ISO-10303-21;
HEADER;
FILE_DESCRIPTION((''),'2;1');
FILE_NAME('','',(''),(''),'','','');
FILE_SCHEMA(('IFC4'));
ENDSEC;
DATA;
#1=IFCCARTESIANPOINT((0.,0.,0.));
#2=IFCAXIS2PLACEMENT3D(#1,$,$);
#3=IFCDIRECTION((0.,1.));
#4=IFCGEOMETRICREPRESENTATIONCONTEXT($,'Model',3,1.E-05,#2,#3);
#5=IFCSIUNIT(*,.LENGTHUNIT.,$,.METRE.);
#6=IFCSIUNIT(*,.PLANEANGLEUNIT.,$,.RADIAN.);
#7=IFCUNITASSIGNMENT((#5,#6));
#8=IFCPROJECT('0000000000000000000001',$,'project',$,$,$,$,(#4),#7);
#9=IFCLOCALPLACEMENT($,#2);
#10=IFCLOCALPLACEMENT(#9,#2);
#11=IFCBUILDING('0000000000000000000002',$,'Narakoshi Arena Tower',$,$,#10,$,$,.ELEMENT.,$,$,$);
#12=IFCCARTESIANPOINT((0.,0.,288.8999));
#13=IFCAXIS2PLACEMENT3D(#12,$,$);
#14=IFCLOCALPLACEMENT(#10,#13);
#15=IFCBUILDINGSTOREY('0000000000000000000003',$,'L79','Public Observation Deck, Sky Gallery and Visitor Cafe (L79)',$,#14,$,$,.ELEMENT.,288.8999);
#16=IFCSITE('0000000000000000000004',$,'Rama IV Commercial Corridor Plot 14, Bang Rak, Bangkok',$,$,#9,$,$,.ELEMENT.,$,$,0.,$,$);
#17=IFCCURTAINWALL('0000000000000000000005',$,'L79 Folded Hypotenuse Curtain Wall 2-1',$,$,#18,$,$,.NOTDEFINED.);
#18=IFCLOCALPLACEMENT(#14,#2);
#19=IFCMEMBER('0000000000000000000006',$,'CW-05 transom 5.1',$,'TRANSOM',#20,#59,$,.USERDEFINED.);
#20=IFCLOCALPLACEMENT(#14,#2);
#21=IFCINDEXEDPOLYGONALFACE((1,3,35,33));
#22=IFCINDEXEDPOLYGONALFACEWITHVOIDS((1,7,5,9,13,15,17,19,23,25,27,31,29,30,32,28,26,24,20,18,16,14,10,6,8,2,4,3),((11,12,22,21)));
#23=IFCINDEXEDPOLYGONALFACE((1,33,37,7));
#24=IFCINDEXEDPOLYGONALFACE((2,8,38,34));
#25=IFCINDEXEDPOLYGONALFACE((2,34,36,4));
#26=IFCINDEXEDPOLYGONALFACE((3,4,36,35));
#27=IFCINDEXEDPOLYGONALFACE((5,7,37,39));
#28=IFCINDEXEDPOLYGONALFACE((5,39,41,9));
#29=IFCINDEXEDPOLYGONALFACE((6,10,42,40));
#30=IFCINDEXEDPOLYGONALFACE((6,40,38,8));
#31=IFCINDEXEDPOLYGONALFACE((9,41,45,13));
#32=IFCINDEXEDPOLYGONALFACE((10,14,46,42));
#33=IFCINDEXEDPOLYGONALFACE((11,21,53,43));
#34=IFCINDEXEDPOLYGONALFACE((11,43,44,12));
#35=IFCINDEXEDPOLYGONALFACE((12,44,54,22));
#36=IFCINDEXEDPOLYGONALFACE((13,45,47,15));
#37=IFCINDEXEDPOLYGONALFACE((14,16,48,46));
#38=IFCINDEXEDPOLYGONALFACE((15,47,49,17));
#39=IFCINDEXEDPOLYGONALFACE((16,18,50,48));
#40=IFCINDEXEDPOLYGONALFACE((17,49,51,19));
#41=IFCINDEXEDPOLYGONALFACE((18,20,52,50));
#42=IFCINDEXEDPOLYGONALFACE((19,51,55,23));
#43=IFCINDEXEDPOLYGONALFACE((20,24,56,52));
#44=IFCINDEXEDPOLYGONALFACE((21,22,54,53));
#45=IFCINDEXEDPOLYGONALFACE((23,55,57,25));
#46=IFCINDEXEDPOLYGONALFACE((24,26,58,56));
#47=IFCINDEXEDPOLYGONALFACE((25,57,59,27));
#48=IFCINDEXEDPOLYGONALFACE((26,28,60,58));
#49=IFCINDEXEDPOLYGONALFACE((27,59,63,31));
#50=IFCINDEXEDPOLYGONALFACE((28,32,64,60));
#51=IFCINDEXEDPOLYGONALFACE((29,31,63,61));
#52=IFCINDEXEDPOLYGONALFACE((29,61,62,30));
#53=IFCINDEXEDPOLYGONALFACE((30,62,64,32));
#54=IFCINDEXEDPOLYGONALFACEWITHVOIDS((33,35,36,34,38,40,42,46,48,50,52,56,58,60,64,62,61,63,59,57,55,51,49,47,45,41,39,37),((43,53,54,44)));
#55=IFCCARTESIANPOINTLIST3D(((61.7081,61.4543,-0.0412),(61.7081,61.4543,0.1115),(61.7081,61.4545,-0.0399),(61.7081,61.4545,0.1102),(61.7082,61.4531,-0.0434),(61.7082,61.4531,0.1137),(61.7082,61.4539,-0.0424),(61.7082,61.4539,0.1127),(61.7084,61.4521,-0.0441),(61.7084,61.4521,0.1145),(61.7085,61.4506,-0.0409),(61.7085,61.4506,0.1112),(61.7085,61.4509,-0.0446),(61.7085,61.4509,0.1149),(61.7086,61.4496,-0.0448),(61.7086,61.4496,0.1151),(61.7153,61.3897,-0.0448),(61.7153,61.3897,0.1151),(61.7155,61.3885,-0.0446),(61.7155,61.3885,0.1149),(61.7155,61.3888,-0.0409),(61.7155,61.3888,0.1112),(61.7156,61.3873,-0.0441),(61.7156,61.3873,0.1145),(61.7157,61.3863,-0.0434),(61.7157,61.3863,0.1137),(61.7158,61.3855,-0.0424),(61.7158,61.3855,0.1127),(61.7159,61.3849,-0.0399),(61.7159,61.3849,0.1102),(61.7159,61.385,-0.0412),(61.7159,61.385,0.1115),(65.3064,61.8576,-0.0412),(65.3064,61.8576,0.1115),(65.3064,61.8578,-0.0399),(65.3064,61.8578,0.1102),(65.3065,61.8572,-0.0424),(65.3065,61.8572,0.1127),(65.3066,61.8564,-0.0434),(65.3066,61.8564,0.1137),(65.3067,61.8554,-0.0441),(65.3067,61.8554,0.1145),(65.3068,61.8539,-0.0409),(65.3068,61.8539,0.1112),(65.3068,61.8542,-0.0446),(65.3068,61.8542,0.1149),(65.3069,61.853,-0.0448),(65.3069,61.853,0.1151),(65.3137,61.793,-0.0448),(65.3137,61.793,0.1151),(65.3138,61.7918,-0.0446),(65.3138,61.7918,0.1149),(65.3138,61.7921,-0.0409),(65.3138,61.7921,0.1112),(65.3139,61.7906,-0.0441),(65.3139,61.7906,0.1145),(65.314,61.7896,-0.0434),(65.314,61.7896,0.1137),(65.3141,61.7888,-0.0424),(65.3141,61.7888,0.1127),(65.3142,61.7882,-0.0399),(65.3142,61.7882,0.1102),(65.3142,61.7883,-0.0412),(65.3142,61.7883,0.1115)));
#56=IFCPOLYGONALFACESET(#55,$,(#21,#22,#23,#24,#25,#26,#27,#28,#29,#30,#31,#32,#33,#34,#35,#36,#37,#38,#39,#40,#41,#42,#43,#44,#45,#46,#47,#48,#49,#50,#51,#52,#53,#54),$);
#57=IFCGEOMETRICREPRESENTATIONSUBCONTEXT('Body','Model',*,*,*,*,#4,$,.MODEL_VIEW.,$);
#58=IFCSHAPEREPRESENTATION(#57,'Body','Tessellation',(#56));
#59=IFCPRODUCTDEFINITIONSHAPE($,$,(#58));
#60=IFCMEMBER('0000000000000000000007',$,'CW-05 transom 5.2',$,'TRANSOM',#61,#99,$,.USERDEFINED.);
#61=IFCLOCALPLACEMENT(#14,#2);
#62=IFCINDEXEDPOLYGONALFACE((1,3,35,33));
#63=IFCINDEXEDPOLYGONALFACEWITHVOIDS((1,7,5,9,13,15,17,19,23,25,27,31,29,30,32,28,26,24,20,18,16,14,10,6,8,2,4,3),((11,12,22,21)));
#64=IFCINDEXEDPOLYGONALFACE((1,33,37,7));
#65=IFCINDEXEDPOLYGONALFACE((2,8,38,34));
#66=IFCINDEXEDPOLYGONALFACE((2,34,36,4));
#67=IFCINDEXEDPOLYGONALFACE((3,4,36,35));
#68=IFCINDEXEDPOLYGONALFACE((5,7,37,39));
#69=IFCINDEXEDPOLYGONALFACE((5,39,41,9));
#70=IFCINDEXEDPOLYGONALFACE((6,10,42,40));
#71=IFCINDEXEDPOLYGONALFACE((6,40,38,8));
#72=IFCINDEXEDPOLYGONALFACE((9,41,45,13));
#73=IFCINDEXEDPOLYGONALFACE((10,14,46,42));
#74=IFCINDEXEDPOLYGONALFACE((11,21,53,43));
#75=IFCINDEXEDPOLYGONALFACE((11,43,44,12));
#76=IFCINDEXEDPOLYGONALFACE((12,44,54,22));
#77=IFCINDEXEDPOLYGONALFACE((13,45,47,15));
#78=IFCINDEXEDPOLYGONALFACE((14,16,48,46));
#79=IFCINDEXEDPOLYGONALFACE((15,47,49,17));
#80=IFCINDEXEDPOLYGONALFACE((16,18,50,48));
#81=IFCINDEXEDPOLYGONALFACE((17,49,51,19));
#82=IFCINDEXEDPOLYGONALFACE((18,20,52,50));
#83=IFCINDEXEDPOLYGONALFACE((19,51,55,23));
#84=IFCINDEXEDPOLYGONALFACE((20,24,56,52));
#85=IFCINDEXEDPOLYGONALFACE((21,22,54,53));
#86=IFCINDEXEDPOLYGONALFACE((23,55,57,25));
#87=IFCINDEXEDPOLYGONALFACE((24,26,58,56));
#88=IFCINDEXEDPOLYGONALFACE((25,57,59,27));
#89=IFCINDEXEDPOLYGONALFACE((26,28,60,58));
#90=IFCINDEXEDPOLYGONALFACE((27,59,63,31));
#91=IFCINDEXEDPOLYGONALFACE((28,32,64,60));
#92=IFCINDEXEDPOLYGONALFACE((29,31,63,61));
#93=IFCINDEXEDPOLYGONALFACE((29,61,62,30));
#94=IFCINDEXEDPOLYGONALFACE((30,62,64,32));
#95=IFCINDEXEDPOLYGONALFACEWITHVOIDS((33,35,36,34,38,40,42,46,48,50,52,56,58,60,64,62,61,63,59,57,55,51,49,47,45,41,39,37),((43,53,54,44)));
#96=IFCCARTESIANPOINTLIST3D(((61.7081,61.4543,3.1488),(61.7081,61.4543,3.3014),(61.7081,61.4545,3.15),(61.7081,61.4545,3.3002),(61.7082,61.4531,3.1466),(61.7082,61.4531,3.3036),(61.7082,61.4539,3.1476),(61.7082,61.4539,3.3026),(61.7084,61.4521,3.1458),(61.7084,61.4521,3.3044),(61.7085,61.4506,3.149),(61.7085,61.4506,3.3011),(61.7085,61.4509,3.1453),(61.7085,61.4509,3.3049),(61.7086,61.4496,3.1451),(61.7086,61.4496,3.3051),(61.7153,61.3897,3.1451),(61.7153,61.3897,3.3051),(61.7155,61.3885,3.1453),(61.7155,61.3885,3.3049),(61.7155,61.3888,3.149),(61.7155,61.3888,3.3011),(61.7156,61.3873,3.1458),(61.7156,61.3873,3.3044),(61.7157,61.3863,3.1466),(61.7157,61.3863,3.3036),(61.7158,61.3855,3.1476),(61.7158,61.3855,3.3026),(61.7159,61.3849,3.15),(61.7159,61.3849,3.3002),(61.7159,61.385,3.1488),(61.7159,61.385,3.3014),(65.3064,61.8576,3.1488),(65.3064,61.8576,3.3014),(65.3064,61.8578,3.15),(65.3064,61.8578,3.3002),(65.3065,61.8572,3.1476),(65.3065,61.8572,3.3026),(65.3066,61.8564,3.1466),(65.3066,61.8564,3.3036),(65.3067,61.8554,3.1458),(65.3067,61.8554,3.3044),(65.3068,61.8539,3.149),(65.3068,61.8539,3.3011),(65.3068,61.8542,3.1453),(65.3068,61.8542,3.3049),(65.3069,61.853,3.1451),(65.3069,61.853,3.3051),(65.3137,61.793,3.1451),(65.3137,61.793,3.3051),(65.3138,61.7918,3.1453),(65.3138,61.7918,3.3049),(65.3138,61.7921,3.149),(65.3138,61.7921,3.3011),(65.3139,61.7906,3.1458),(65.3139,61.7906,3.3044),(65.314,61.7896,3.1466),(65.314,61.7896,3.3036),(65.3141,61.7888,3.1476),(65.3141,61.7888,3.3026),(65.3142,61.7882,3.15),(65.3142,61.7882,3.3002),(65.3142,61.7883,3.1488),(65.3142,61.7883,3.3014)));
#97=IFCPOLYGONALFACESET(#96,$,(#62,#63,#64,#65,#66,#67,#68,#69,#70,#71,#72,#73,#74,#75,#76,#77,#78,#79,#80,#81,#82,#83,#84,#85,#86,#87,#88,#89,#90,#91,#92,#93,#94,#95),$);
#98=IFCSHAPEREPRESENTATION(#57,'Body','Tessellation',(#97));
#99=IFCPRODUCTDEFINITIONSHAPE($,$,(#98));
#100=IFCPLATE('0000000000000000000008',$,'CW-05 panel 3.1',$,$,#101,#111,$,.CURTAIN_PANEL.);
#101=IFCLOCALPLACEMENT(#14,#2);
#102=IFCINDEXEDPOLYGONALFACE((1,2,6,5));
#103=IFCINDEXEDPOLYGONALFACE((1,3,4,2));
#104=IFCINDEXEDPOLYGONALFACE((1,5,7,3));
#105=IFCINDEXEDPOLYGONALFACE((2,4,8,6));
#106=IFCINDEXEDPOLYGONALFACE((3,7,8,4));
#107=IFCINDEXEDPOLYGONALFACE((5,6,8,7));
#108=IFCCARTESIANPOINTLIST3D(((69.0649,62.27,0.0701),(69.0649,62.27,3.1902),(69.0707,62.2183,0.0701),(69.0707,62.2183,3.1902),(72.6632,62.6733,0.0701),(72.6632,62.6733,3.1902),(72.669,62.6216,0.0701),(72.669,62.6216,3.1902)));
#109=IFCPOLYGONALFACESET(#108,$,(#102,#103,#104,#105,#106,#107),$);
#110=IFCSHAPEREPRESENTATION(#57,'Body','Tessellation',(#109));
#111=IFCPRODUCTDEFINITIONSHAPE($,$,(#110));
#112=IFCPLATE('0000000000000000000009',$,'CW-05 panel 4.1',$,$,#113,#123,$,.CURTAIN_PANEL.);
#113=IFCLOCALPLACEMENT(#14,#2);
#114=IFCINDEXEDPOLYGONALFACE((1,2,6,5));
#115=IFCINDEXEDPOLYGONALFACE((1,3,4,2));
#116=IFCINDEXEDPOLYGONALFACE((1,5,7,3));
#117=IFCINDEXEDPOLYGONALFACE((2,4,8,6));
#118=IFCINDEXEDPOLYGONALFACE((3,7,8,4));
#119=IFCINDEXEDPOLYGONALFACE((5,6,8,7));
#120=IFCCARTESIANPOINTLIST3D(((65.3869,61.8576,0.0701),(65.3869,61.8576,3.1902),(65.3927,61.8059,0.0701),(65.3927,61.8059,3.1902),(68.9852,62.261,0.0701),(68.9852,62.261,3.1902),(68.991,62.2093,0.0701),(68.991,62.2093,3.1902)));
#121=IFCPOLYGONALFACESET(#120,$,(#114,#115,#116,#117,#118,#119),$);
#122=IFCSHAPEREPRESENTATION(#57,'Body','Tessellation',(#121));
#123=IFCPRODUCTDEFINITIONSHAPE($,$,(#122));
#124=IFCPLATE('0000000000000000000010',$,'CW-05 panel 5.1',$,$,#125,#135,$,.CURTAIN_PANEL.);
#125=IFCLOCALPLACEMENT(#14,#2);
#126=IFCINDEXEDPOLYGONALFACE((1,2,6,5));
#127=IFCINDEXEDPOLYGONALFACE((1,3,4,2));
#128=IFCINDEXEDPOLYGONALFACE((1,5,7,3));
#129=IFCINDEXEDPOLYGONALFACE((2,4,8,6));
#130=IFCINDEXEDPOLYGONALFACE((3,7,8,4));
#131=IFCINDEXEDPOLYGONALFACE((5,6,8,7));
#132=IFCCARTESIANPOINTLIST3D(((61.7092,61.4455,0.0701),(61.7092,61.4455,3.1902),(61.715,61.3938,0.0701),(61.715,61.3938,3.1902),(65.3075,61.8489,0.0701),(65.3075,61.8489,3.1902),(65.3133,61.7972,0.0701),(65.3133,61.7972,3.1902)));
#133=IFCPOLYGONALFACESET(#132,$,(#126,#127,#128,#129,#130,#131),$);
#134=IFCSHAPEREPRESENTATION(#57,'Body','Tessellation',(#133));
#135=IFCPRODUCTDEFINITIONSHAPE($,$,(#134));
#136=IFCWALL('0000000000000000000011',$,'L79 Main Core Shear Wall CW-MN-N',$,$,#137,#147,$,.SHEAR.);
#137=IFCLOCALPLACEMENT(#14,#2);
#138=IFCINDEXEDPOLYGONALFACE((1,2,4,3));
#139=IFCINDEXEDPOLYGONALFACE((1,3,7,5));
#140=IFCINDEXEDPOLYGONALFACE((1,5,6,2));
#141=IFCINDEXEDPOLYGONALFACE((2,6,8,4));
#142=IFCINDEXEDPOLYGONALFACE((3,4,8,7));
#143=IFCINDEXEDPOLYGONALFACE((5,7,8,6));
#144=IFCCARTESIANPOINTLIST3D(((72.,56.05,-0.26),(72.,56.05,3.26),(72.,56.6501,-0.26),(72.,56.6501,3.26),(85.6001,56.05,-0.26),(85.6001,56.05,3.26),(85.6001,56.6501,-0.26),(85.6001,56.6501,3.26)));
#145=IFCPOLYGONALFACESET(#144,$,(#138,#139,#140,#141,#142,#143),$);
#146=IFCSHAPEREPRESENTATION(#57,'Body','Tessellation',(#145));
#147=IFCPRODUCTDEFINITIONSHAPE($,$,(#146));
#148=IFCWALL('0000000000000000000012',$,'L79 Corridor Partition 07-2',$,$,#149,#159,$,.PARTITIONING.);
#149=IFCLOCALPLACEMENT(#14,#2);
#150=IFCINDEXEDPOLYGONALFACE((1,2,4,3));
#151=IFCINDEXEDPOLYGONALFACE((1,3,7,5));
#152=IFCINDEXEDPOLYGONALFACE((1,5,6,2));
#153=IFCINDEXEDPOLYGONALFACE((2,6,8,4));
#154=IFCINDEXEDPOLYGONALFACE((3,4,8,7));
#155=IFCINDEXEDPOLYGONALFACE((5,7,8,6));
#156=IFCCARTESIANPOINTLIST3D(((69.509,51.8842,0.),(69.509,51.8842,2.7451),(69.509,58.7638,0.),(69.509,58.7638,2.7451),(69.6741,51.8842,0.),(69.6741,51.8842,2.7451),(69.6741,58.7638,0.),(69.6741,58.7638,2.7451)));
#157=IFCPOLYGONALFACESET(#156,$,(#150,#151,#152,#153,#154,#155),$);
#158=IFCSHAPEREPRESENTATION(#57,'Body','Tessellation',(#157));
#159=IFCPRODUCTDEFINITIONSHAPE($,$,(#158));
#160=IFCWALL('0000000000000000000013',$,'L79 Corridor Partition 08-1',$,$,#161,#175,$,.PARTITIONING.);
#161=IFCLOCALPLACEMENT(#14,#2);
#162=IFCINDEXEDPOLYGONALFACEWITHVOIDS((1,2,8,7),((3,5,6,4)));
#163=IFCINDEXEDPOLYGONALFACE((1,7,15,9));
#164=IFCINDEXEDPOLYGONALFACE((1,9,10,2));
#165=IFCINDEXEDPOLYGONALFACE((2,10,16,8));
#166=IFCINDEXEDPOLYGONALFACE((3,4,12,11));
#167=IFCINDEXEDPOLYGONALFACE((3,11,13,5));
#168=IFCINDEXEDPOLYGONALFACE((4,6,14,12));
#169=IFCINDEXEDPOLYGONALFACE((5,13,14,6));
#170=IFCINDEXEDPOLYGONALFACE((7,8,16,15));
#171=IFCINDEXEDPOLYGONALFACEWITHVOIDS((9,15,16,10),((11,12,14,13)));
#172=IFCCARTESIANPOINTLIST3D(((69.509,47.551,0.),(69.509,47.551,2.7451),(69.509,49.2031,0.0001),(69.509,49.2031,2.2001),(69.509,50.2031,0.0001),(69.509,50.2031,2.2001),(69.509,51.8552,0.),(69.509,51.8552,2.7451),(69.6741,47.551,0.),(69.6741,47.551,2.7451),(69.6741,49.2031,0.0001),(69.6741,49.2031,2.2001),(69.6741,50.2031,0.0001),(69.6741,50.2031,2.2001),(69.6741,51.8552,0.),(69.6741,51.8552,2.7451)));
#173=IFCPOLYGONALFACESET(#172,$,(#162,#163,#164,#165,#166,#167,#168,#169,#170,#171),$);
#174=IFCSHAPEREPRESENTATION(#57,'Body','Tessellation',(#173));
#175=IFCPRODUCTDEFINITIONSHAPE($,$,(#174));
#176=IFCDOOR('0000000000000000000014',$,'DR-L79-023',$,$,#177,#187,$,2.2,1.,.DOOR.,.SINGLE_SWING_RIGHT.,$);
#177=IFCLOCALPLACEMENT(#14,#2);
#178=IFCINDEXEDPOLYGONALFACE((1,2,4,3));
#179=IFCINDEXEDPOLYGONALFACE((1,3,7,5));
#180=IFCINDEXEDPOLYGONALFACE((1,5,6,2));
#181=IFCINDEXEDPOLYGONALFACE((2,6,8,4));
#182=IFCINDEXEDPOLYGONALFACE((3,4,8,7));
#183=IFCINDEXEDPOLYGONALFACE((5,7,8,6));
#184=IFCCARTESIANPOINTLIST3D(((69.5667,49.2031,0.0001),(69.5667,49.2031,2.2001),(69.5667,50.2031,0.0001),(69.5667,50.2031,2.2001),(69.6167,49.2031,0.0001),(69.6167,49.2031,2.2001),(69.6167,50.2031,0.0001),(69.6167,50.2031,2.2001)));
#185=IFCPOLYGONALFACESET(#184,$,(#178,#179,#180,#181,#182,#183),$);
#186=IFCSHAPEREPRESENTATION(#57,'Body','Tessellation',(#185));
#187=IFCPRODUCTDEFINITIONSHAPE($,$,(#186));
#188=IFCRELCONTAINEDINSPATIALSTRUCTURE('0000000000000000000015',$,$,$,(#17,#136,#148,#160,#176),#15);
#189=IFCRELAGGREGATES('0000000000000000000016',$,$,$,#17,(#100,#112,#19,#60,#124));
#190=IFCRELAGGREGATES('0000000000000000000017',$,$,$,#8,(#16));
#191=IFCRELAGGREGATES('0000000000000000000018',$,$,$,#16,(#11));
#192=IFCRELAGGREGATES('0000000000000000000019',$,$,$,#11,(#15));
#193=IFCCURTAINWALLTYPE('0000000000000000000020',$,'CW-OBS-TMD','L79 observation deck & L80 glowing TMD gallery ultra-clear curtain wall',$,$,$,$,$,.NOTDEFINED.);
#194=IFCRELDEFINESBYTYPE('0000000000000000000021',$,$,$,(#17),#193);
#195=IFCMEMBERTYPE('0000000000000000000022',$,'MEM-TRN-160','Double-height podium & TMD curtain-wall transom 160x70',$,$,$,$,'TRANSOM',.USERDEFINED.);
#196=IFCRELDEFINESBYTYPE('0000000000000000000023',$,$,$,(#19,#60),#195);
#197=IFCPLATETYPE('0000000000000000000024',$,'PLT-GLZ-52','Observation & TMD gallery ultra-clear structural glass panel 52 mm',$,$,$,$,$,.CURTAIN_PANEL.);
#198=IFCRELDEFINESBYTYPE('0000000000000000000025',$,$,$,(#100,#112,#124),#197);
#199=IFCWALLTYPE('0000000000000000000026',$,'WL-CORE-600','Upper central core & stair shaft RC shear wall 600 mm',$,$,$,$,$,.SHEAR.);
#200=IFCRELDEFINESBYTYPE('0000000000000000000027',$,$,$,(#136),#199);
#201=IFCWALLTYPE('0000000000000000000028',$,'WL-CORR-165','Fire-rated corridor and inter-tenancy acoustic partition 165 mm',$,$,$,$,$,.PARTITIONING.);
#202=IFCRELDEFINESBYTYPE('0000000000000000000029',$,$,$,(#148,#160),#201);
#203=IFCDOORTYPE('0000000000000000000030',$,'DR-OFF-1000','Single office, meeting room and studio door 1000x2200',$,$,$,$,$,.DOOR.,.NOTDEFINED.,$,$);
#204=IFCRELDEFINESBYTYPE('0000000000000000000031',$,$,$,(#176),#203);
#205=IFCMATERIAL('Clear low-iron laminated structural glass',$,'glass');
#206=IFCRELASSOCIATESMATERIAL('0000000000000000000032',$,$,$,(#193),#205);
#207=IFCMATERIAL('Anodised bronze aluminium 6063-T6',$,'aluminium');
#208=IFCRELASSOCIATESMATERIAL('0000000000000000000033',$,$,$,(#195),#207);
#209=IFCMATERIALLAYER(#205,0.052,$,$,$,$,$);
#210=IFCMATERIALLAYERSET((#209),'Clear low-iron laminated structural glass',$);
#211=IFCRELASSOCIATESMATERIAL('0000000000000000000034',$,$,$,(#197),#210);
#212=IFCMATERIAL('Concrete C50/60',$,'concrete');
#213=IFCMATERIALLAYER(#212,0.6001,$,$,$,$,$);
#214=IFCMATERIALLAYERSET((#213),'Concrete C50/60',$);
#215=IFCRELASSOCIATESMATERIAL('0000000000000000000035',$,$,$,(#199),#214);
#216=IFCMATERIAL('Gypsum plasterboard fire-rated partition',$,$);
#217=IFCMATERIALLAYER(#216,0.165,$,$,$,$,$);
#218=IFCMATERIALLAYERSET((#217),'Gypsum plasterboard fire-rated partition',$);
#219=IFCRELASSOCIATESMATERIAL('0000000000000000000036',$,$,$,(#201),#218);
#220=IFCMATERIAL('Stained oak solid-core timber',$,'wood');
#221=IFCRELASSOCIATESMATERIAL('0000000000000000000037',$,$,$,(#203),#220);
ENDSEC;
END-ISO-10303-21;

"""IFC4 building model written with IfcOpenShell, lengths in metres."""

from ifc_helpers import new_model, si_unit, direction, frame, frame_2d, origin, origin_2d, place, context, subcontext, project, spatial, rectangle, hollow_rectangle, extrude, material, layer, layer_set, material_profile, profile_set, type_object, element, fill, aggregate, save


model = new_model("IFC4")

# Units and contexts
model_context = context("Model", 3, precision=1e-05, world=origin(), true_north=direction((0.0, 1.0)))
body_context = subcontext(model_context, "Body", "Model", "MODEL_VIEW")
ifc_project = project(units=[si_unit("LENGTHUNIT", "METRE"), si_unit("PLANEANGLEUNIT", "RADIAN")], contexts=[model_context])

# Site, building, storey
site_placement = place(None, origin())
site = spatial("IfcSite", under=ifc_project, at=site_placement, Name="Rama IV Commercial Corridor Plot 14, Bang Rak, Bangkok", CompositionType="ELEMENT", RefElevation=0.0)
building_placement = place(site_placement, origin())
building = spatial("IfcBuilding", under=site, at=building_placement, Name="Narakoshi Arena Tower", CompositionType="ELEMENT")
storey_placement = place(building_placement, frame((0.0, 0.0, 288.8999)))
storey = spatial("IfcBuildingStorey", under=building, at=storey_placement, Name="L79", Description="Public Observation Deck, Sky Gallery and Visitor Cafe (L79)", CompositionType="ELEMENT", Elevation=288.8999)

# Curtain wall, members, plates
ifc_material_1 = material(Name="Clear low-iron laminated structural glass", Category="glass")
curtain_wall_type = type_object("IfcCurtainWallType", Name="CW-OBS-TMD", Description="L79 observation deck & L80 glowing TMD gallery ultra-clear curtain wall", PredefinedType="NOTDEFINED", material=ifc_material_1)
curtain_wall_placement = place(storey_placement, origin())
curtain_wall = element("IfcCurtainWall", 1, at=curtain_wall_placement, inside=storey, type_object=curtain_wall_type, Name="L79 Folded Hypotenuse Curtain Wall 2-1", PredefinedType="NOTDEFINED")
ifc_material_2 = material(Name="Anodised bronze aluminium 6063-T6", Category="aluminium")
ifc_material_profile_1 = material_profile(ifc_material_2, hollow_rectangle(XDim=0.0701, YDim=0.1599, WallThickness=0.0039, OuterFilletRadius=0.0049, at=origin_2d()), Name="TRN160x70x4")
ifc_profile_set_1 = profile_set([ifc_material_profile_1], Name="Anodised bronze aluminium 6063-T6")
member_type_1 = type_object("IfcMemberType", Name="MEM-TRN-160", Description="Double-height podium & TMD curtain-wall transom 160x70", ElementType="TRANSOM", PredefinedType="USERDEFINED", material=ifc_profile_set_1)
member_1_placement = place(storey_placement, frame((65.3103, 61.823, 0.0352), z_axis=(-0.993777, -0.111386, 0.0), x_axis=(0.111386, -0.993777, 0.0)))
member_1 = element("IfcMember", 2, at=member_1_placement, type_object=member_type_1, Name="CW-05 transom 5.1", ObjectType="TRANSOM", PredefinedType="USERDEFINED", context=body_context, shape_type="SweptSolid", body=[
    extrude(hollow_rectangle(XDim=0.0701, YDim=0.1599, WallThickness=0.0039, OuterFilletRadius=0.0049, at=origin_2d()), origin(), (0.0, 0.0, 1.0), 3.6208),
])
member_2_placement = place(storey_placement, frame((65.3103, 61.823, 3.2251), z_axis=(-0.993777, -0.111386, 0.0), x_axis=(0.111386, -0.993777, 0.0)))
member_2 = element("IfcMember", 3, at=member_2_placement, type_object=member_type_1, Name="CW-05 transom 5.2", ObjectType="TRANSOM", PredefinedType="USERDEFINED", context=body_context, shape_type="SweptSolid", body=[
    extrude(hollow_rectangle(XDim=0.0701, YDim=0.1599, WallThickness=0.0039, OuterFilletRadius=0.0049, at=origin_2d()), origin(), (0.0, 0.0, 1.0), 3.6208),
])
ifc_layer_1 = layer(ifc_material_1, 0.052)
ifc_layer_set_1 = layer_set([ifc_layer_1], Name="Clear low-iron laminated structural glass")
plate_type = type_object("IfcPlateType", Name="PLT-GLZ-52", Description="Observation & TMD gallery ultra-clear structural glass panel 52 mm", PredefinedType="CURTAIN_PANEL", material=ifc_layer_set_1)
plate_1_placement = place(storey_placement, frame((70.8669, 62.4458, 0.0701), z_axis=(0.0, 0.0, 1.0), x_axis=(-0.993776, -0.111397, 0.0)))
plate_1 = element("IfcPlate", 4, at=plate_1_placement, type_object=plate_type, Name="CW-05 panel 3.1", PredefinedType="CURTAIN_PANEL", context=body_context, shape_type="SweptSolid", body=[
    extrude(rectangle(XDim=3.6208, YDim=0.052, at=origin_2d()), origin(), (0.0, 0.0, 1.0), 3.1201),
])
plate_2_placement = place(storey_placement, frame((67.189, 62.0334, 0.0701), z_axis=(0.0, 0.0, 1.0), x_axis=(-0.993776, -0.111397, 0.0)))
plate_2 = element("IfcPlate", 5, at=plate_2_placement, type_object=plate_type, Name="CW-05 panel 4.1", PredefinedType="CURTAIN_PANEL", context=body_context, shape_type="SweptSolid", body=[
    extrude(rectangle(XDim=3.6208, YDim=0.052, at=origin_2d()), origin(), (0.0, 0.0, 1.0), 3.1201),
])
plate_3_placement = place(storey_placement, frame((63.5112, 61.6213, 0.0701), z_axis=(0.0, 0.0, 1.0), x_axis=(-0.993776, -0.111397, 0.0)))
plate_3 = element("IfcPlate", 6, at=plate_3_placement, type_object=plate_type, Name="CW-05 panel 5.1", PredefinedType="CURTAIN_PANEL", context=body_context, shape_type="SweptSolid", body=[
    extrude(rectangle(XDim=3.6208, YDim=0.052, at=origin_2d()), origin(), (0.0, 0.0, 1.0), 3.1201),
])
aggregate(curtain_wall, [plate_1, plate_2, member_1, member_2, plate_3])

# Walls
ifc_material_3 = material(Name="Concrete C50/60", Category="concrete")
ifc_layer_2 = layer(ifc_material_3, 0.6001)
ifc_layer_set_2 = layer_set([ifc_layer_2], Name="Concrete C50/60")
wall_type_1 = type_object("IfcWallType", Name="WL-CORE-600", Description="Upper central core & stair shaft RC shear wall 600 mm", PredefinedType="SHEAR", material=ifc_layer_set_2)
wall_1_placement = place(storey_placement, frame((72.0, 56.3501, -0.26), z_axis=(0.0, 0.0, 1.0), x_axis=(1.0, 0.0, 0.0)))
element("IfcWall", 7, at=wall_1_placement, inside=storey, type_object=wall_type_1, Name="L79 Main Core Shear Wall CW-MN-N", PredefinedType="SHEAR", context=body_context, shape_type="SweptSolid", body=[
    extrude(rectangle(XDim=13.6001, YDim=0.6001, at=frame_2d((6.8, 0.0))), origin(), (0.0, 0.0, 1.0), 3.52),
])
ifc_material_4 = material(Name="Gypsum plasterboard fire-rated partition")
ifc_layer_3 = layer(ifc_material_4, 0.165)
ifc_layer_set_3 = layer_set([ifc_layer_3], Name="Gypsum plasterboard fire-rated partition")
wall_type_2 = type_object("IfcWallType", Name="WL-CORR-165", Description="Fire-rated corridor and inter-tenancy acoustic partition 165 mm", PredefinedType="PARTITIONING", material=ifc_layer_set_3)
wall_2_placement = place(storey_placement, frame((69.5916, 58.7639, 0.0), z_axis=(0.0, 0.0, 1.0), x_axis=(0.0, -1.0, 0.0)))
element("IfcWall", 8, at=wall_2_placement, inside=storey, type_object=wall_type_2, Name="L79 Corridor Partition 07-2", PredefinedType="PARTITIONING", context=body_context, shape_type="SweptSolid", body=[
    extrude(rectangle(XDim=6.8796, YDim=0.165, at=frame_2d((3.4399, 0.0))), origin(), (0.0, 0.0, 1.0), 2.7451),
])

# Wall, opening, door
wall_3_placement = place(storey_placement, frame((69.5916, 51.8552, 0.0), z_axis=(0.0, 0.0, 1.0), x_axis=(0.0, -1.0, 0.0)))
wall_3 = element("IfcWall", 9, at=wall_3_placement, inside=storey, type_object=wall_type_2, Name="L79 Corridor Partition 08-1", PredefinedType="PARTITIONING", context=body_context, shape_type="SweptSolid", body=[
    extrude(rectangle(XDim=4.3042, YDim=0.165, at=frame_2d((2.1521, 0.0))), origin(), (0.0, 0.0, 1.0), 2.7451),
])
opening_1_placement = place(wall_3_placement, frame((1.6521, 0.0, 0.0)))
opening_1 = element("IfcOpeningElement", 10, at=opening_1_placement, cuts=wall_3, PredefinedType="OPENING", context=body_context, shape_type="SweptSolid", body=[
    extrude(rectangle(XDim=1.0, YDim=2.2, at=frame_2d((0.5, 1.1001))), frame((0.0, 0.0925, 0.0), z_axis=(0.0, -1.0, 0.0), x_axis=(1.0, 0.0, 0.0)), (0.0, 0.0, 1.0), 0.1851),
])
ifc_material_5 = material(Name="Stained oak solid-core timber", Category="wood")
door_type_1 = type_object("IfcDoorType", Name="DR-OFF-1000", Description="Single office, meeting room and studio door 1000x2200", OperationType="NOTDEFINED", PredefinedType="DOOR", material=ifc_material_5)
door_1_placement = place(opening_1_placement, frame((1.0, 0.0, 0.0), z_axis=(0.0, 0.0, 1.0), x_axis=(-1.0, 0.0, 0.0)))
door_1 = element("IfcDoor", 11, at=door_1_placement, inside=storey, type_object=door_type_1, Name="DR-L79-023", OperationType="SINGLE_SWING_RIGHT", OverallHeight=2.2, OverallWidth=1.0, PredefinedType="DOOR", context=body_context, shape_type="SweptSolid", body=[
    extrude(rectangle(XDim=1.0, YDim=2.2, at=frame_2d((0.5, 1.1001))), frame((0.0, 0.0249, 0.0), z_axis=(0.0, -1.0, 0.0), x_axis=(1.0, 0.0, 0.0)), (0.0, 0.0, 1.0), 0.05),
])
fill(opening_1, door_1)

save(model, "model.ifc")
